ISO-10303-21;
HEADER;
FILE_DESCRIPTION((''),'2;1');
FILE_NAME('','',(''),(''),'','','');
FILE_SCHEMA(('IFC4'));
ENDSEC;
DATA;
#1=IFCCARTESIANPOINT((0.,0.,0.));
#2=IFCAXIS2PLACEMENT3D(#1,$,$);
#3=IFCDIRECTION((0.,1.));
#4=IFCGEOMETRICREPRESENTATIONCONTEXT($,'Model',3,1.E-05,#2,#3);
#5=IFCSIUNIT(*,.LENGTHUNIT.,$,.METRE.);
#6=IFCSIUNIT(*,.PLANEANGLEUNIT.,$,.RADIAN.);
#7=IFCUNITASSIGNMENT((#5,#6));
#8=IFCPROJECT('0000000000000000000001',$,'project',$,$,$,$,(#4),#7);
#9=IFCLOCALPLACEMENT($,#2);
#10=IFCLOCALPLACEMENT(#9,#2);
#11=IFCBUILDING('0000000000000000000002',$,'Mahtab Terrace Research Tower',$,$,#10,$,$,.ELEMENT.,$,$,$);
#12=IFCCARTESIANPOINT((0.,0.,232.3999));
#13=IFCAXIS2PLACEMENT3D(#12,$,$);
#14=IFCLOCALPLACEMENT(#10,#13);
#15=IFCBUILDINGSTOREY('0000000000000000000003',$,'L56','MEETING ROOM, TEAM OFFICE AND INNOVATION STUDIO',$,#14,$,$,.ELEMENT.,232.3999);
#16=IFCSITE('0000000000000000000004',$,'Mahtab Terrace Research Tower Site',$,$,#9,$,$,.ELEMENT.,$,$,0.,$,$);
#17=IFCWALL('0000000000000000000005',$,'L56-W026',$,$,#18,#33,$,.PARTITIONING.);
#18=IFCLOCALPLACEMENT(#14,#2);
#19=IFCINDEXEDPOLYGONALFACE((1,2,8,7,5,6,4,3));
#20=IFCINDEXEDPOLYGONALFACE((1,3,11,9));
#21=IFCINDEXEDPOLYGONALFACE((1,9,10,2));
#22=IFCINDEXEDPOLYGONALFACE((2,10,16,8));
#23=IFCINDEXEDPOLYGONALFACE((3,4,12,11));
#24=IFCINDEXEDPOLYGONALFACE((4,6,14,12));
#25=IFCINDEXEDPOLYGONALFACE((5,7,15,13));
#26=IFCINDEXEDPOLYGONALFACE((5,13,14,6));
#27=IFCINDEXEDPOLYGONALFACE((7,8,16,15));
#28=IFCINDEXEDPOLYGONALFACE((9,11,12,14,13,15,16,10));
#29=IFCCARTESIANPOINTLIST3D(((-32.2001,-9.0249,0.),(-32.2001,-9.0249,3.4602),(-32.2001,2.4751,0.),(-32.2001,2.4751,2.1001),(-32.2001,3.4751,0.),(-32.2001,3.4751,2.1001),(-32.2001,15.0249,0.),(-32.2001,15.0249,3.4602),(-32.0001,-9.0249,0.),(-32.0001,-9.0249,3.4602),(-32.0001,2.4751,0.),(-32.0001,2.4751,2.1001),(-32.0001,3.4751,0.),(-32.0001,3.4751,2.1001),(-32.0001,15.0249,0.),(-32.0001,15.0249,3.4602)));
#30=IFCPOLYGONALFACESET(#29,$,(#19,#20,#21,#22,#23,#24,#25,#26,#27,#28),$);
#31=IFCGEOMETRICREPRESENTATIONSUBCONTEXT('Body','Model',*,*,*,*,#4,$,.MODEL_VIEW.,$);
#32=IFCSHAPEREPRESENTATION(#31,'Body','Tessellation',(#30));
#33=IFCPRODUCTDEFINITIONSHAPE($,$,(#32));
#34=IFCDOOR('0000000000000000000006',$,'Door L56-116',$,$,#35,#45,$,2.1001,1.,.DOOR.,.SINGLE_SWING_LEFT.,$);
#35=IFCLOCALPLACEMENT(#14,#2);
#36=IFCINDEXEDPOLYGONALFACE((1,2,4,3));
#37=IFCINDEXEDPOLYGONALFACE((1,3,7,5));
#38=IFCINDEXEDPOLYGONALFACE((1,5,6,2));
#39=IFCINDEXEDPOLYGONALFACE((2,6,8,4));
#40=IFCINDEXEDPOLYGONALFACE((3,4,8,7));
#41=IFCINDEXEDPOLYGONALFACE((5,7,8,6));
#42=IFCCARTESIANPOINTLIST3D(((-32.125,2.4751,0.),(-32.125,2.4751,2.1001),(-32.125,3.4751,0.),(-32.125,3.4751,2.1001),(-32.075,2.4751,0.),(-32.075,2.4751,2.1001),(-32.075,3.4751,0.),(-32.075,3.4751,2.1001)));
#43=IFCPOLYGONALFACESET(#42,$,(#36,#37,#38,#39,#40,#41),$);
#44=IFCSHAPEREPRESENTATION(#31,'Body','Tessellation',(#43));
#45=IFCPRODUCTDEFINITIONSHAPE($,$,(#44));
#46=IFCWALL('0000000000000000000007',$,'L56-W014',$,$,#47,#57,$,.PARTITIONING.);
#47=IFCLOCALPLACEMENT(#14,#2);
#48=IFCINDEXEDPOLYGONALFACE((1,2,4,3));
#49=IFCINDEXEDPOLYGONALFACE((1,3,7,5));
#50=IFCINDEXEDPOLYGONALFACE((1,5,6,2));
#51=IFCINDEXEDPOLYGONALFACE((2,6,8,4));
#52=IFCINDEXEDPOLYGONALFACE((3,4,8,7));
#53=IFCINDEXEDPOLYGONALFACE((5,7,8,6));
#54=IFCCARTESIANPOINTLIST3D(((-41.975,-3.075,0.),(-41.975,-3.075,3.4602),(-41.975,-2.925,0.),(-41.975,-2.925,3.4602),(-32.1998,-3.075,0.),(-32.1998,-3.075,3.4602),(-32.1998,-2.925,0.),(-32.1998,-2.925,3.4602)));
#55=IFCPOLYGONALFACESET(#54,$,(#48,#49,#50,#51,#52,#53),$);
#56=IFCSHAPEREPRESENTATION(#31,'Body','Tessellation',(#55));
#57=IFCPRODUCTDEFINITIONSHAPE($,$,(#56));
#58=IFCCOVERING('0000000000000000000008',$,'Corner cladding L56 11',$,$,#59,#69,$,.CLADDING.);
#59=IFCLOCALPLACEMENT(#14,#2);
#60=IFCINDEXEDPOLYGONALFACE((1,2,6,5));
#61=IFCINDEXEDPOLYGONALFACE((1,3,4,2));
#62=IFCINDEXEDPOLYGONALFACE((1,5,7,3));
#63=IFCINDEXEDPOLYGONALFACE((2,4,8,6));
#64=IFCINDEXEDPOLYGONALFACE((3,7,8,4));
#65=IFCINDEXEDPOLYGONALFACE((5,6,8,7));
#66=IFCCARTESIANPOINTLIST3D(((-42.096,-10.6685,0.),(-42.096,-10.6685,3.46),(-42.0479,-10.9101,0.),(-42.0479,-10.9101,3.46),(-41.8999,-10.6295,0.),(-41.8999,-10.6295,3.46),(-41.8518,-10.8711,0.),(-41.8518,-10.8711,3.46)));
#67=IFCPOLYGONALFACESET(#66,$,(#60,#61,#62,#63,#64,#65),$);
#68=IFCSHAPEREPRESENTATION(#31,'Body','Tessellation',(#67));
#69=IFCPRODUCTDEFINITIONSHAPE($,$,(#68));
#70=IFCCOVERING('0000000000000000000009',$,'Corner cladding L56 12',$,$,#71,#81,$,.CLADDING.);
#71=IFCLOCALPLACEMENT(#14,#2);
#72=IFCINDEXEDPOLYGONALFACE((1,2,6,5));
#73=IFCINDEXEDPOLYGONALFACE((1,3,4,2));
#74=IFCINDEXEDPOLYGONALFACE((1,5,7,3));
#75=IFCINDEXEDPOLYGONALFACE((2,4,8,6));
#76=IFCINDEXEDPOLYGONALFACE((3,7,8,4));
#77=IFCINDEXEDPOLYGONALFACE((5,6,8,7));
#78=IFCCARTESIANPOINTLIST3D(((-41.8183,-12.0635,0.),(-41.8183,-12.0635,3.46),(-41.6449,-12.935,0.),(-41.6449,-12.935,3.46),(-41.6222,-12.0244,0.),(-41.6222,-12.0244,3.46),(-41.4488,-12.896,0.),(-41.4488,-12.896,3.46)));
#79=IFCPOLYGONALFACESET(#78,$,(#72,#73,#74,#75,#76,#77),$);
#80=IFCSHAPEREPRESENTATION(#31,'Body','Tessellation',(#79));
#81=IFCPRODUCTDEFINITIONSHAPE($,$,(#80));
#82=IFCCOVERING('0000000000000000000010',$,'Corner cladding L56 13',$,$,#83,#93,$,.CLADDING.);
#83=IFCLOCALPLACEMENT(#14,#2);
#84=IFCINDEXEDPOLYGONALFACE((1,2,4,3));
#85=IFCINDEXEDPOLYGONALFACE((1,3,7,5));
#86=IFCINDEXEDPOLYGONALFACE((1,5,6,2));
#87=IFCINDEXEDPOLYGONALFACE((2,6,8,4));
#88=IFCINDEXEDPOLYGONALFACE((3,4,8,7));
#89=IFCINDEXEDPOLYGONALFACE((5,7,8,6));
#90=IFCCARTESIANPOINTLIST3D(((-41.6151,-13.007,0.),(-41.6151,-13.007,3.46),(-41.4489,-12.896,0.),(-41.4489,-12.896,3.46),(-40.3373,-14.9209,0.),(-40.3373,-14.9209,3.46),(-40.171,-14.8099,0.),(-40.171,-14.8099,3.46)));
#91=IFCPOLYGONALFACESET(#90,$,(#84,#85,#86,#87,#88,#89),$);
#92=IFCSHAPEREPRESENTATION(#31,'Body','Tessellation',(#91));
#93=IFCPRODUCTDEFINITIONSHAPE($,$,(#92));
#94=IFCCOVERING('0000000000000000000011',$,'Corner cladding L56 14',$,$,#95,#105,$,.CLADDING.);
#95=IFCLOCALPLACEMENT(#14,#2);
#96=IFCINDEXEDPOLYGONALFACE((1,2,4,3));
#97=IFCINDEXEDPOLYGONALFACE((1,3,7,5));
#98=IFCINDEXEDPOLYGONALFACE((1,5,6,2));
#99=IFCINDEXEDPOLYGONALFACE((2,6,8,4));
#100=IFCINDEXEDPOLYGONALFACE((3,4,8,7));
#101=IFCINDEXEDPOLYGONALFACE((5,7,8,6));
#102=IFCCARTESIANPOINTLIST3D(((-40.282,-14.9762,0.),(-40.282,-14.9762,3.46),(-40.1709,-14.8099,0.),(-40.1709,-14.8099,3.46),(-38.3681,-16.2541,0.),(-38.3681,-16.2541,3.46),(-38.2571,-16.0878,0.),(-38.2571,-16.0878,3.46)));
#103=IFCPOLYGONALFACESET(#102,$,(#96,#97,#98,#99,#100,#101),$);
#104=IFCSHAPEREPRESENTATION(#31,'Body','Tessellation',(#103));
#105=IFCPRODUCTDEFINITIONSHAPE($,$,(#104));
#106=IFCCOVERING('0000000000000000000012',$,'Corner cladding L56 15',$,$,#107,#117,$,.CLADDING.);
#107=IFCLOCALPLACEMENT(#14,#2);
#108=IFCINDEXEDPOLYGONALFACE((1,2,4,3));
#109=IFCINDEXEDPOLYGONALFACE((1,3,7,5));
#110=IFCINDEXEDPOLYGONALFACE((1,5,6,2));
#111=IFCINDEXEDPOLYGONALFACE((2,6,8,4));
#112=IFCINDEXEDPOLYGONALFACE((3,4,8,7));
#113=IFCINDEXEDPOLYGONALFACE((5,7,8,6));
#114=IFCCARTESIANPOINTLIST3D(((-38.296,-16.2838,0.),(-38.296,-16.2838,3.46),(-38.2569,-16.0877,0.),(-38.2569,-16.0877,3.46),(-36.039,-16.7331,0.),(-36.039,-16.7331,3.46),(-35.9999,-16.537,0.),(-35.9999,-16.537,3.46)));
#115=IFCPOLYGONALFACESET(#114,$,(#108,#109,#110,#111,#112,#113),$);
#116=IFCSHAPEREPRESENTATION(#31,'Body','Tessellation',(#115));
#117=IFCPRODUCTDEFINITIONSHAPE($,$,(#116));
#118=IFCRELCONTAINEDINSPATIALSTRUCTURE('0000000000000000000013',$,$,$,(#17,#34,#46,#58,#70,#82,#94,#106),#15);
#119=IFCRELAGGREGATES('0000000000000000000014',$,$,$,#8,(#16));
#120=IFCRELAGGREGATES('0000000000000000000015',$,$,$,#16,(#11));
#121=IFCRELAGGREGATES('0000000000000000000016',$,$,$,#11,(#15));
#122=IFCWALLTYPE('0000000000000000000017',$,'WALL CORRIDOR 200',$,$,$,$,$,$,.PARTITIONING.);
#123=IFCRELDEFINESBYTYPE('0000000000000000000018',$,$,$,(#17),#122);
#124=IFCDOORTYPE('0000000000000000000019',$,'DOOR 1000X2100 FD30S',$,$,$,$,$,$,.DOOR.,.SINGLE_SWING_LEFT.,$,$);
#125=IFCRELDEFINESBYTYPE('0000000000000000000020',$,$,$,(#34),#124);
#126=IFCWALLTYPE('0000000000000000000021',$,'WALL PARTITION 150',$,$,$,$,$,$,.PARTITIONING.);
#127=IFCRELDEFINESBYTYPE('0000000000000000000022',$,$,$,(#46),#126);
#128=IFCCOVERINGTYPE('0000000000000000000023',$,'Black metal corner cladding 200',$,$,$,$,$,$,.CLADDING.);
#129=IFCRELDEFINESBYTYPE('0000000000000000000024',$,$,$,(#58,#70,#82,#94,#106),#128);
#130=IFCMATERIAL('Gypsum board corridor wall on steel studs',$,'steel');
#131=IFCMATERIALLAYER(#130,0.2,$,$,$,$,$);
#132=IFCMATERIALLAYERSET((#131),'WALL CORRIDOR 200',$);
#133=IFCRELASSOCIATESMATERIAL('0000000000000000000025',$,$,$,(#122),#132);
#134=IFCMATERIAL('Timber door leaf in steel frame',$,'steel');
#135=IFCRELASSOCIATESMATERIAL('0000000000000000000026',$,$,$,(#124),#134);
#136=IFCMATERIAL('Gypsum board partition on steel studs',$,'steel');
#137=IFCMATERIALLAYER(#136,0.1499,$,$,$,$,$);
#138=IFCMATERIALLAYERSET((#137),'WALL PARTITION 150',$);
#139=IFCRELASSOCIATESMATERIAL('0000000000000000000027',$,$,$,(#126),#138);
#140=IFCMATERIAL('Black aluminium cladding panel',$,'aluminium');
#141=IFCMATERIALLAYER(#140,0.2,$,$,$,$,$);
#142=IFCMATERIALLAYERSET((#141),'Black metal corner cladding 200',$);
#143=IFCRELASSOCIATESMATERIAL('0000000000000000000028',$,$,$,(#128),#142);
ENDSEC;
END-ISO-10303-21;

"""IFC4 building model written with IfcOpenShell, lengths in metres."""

from ifc_helpers import new_model, si_unit, direction, frame, frame_2d, origin, origin_2d, place, context, subcontext, project, spatial, rectangle, extrude, material, layer, layer_set, type_object, element, fill, save


model = new_model("IFC4")

# Units and contexts
model_context = context("Model", 3, precision=1e-05, world=origin(), true_north=direction((0.0, 1.0)))
body_context = subcontext(model_context, "Body", "Model", "MODEL_VIEW")
ifc_project = project(units=[si_unit("LENGTHUNIT", "METRE"), si_unit("PLANEANGLEUNIT", "RADIAN")], contexts=[model_context])

# Site, building, storey
site_placement = place(None, origin())
site = spatial("IfcSite", under=ifc_project, at=site_placement, Name="Mahtab Terrace Research Tower Site", CompositionType="ELEMENT", RefElevation=0.0)
building_placement = place(site_placement, origin())
building = spatial("IfcBuilding", under=site, at=building_placement, Name="Mahtab Terrace Research Tower", CompositionType="ELEMENT")
storey_placement = place(building_placement, frame((0.0, 0.0, 232.3999)))
storey = spatial("IfcBuildingStorey", under=building, at=storey_placement, Name="L56", Description="MEETING ROOM, TEAM OFFICE AND INNOVATION STUDIO", CompositionType="ELEMENT", Elevation=232.3999)

# Wall, opening, door
ifc_material_1 = material(Name="Gypsum board corridor wall on steel studs", Category="steel")
ifc_layer_1 = layer(ifc_material_1, 0.2)
ifc_layer_set_1 = layer_set([ifc_layer_1], Name="WALL CORRIDOR 200")
wall_type_1 = type_object("IfcWallType", Name="WALL CORRIDOR 200", PredefinedType="PARTITIONING", material=ifc_layer_set_1)
ifc_material_2 = material(Name="Timber door leaf in steel frame", Category="steel")
door_type_1 = type_object("IfcDoorType", Name="DOOR 1000X2100 FD30S", OperationType="SINGLE_SWING_LEFT", PredefinedType="DOOR", material=ifc_material_2)
wall_1_placement = place(storey_placement, frame((-32.1001, -9.0249, 0.0), z_axis=(0.0, 0.0, 1.0), x_axis=(0.0, 1.0, 0.0)))
wall_1 = element("IfcWall", 1, at=wall_1_placement, inside=storey, type_object=wall_type_1, Name="L56-W026", PredefinedType="PARTITIONING", context=body_context, shape_type="SweptSolid", body=[
    extrude(rectangle(XDim=24.0498, YDim=0.2, at=frame_2d((12.0249, 0.0))), origin(), (0.0, 0.0, 1.0), 3.4602),
])
opening_1_placement = place(wall_1_placement, frame((11.5, 0.0, 0.0)))
opening_1 = element("IfcOpeningElement", 2, at=opening_1_placement, cuts=wall_1, PredefinedType="OPENING", context=body_context, shape_type="SweptSolid", body=[
    extrude(rectangle(XDim=1.0, YDim=2.1001, at=frame_2d((0.5, 1.05))), frame((0.0, 0.1099, 0.0), z_axis=(0.0, -1.0, 0.0), x_axis=(1.0, 0.0, 0.0)), (0.0, 0.0, 1.0), 0.22),
])
door_1_placement = place(opening_1_placement, origin())
door_1 = element("IfcDoor", 3, at=door_1_placement, inside=storey, type_object=door_type_1, Name="Door L56-116", OperationType="SINGLE_SWING_LEFT", OverallHeight=2.1001, OverallWidth=1.0, PredefinedType="DOOR", context=body_context, shape_type="SweptSolid", body=[
    extrude(rectangle(XDim=1.0, YDim=2.1001, at=frame_2d((0.5, 1.05))), frame((0.0, 0.0249, 0.0), z_axis=(0.0, -1.0, 0.0), x_axis=(1.0, 0.0, 0.0)), (0.0, 0.0, 1.0), 0.05),
])
fill(opening_1, door_1)

# Wall
ifc_material_3 = material(Name="Gypsum board partition on steel studs", Category="steel")
ifc_layer_2 = layer(ifc_material_3, 0.1499)
ifc_layer_set_2 = layer_set([ifc_layer_2], Name="WALL PARTITION 150")
wall_type_2 = type_object("IfcWallType", Name="WALL PARTITION 150", PredefinedType="PARTITIONING", material=ifc_layer_set_2)
wall_2_placement = place(storey_placement, frame((-41.9751, -3.0, 0.0), z_axis=(0.0, 0.0, 1.0), x_axis=(1.0, 0.0, 0.0)))
element("IfcWall", 4, at=wall_2_placement, inside=storey, type_object=wall_type_2, Name="L56-W014", PredefinedType="PARTITIONING", context=body_context, shape_type="SweptSolid", body=[
    extrude(rectangle(XDim=9.7751, YDim=0.1499, at=frame_2d((4.8877, 0.0))), origin(), (0.0, 0.0, 1.0), 3.4602),
])

# Coverings
ifc_material_4 = material(Name="Black aluminium cladding panel", Category="aluminium")
ifc_layer_3 = layer(ifc_material_4, 0.2)
ifc_layer_set_3 = layer_set([ifc_layer_3], Name="Black metal corner cladding 200")
covering_type = type_object("IfcCoveringType", Name="Black metal corner cladding 200", PredefinedType="CLADDING", material=ifc_layer_set_3)
covering_1_placement = place(storey_placement, frame((-41.9739, -10.7698, 0.0), z_axis=(0.0, 0.0, 1.0), x_axis=(0.195212, -0.980761, 0.0)))
element("IfcCovering", 5, at=covering_1_placement, inside=storey, type_object=covering_type, Name="Corner cladding L56 11", PredefinedType="CLADDING", context=body_context, shape_type="SweptSolid", body=[
    extrude(rectangle(XDim=0.2463, YDim=0.2, at=origin_2d()), origin(), (0.0, 0.0, 1.0), 3.46),
])
covering_2_placement = place(storey_placement, frame((-41.6335, -12.4797, 0.0), z_axis=(0.0, 0.0, 1.0), x_axis=(0.195212, -0.980761, 0.0)))
element("IfcCovering", 6, at=covering_2_placement, inside=storey, type_object=covering_type, Name="Corner cladding L56 12", PredefinedType="CLADDING", context=body_context, shape_type="SweptSolid", body=[
    extrude(rectangle(XDim=0.8887, YDim=0.2, at=origin_2d()), origin(), (0.0, 0.0, 1.0), 3.46),
])
for number, where, z_axis, x_axis, name in (
    (7, (-40.8931, -13.9084, 0.0), (0.0, 0.0, 1.0), (0.555291, -0.831656, 0.0), "Corner cladding L56 13"),
    (8, (-39.2695, -15.532, 0.0), (0.0, 0.0, 1.0), (0.831656, -0.555291, 0.0), "Corner cladding L56 14"),
    (9, (-37.1479, -16.4104, 0.0), (0.0, 0.0, 1.0), (0.980761, -0.195212, 0.0), "Corner cladding L56 15"),
):
    element("IfcCovering", number, at=place(storey_placement, frame(where, z_axis=z_axis, x_axis=x_axis)), inside=storey, type_object=covering_type, Name=name, PredefinedType="CLADDING", context=body_context, shape_type="SweptSolid", body=[
        extrude(rectangle(XDim=2.3013, YDim=0.2, at=origin_2d()), origin(), (0.0, 0.0, 1.0), 3.46),
    ])

save(model, "model.ifc")
